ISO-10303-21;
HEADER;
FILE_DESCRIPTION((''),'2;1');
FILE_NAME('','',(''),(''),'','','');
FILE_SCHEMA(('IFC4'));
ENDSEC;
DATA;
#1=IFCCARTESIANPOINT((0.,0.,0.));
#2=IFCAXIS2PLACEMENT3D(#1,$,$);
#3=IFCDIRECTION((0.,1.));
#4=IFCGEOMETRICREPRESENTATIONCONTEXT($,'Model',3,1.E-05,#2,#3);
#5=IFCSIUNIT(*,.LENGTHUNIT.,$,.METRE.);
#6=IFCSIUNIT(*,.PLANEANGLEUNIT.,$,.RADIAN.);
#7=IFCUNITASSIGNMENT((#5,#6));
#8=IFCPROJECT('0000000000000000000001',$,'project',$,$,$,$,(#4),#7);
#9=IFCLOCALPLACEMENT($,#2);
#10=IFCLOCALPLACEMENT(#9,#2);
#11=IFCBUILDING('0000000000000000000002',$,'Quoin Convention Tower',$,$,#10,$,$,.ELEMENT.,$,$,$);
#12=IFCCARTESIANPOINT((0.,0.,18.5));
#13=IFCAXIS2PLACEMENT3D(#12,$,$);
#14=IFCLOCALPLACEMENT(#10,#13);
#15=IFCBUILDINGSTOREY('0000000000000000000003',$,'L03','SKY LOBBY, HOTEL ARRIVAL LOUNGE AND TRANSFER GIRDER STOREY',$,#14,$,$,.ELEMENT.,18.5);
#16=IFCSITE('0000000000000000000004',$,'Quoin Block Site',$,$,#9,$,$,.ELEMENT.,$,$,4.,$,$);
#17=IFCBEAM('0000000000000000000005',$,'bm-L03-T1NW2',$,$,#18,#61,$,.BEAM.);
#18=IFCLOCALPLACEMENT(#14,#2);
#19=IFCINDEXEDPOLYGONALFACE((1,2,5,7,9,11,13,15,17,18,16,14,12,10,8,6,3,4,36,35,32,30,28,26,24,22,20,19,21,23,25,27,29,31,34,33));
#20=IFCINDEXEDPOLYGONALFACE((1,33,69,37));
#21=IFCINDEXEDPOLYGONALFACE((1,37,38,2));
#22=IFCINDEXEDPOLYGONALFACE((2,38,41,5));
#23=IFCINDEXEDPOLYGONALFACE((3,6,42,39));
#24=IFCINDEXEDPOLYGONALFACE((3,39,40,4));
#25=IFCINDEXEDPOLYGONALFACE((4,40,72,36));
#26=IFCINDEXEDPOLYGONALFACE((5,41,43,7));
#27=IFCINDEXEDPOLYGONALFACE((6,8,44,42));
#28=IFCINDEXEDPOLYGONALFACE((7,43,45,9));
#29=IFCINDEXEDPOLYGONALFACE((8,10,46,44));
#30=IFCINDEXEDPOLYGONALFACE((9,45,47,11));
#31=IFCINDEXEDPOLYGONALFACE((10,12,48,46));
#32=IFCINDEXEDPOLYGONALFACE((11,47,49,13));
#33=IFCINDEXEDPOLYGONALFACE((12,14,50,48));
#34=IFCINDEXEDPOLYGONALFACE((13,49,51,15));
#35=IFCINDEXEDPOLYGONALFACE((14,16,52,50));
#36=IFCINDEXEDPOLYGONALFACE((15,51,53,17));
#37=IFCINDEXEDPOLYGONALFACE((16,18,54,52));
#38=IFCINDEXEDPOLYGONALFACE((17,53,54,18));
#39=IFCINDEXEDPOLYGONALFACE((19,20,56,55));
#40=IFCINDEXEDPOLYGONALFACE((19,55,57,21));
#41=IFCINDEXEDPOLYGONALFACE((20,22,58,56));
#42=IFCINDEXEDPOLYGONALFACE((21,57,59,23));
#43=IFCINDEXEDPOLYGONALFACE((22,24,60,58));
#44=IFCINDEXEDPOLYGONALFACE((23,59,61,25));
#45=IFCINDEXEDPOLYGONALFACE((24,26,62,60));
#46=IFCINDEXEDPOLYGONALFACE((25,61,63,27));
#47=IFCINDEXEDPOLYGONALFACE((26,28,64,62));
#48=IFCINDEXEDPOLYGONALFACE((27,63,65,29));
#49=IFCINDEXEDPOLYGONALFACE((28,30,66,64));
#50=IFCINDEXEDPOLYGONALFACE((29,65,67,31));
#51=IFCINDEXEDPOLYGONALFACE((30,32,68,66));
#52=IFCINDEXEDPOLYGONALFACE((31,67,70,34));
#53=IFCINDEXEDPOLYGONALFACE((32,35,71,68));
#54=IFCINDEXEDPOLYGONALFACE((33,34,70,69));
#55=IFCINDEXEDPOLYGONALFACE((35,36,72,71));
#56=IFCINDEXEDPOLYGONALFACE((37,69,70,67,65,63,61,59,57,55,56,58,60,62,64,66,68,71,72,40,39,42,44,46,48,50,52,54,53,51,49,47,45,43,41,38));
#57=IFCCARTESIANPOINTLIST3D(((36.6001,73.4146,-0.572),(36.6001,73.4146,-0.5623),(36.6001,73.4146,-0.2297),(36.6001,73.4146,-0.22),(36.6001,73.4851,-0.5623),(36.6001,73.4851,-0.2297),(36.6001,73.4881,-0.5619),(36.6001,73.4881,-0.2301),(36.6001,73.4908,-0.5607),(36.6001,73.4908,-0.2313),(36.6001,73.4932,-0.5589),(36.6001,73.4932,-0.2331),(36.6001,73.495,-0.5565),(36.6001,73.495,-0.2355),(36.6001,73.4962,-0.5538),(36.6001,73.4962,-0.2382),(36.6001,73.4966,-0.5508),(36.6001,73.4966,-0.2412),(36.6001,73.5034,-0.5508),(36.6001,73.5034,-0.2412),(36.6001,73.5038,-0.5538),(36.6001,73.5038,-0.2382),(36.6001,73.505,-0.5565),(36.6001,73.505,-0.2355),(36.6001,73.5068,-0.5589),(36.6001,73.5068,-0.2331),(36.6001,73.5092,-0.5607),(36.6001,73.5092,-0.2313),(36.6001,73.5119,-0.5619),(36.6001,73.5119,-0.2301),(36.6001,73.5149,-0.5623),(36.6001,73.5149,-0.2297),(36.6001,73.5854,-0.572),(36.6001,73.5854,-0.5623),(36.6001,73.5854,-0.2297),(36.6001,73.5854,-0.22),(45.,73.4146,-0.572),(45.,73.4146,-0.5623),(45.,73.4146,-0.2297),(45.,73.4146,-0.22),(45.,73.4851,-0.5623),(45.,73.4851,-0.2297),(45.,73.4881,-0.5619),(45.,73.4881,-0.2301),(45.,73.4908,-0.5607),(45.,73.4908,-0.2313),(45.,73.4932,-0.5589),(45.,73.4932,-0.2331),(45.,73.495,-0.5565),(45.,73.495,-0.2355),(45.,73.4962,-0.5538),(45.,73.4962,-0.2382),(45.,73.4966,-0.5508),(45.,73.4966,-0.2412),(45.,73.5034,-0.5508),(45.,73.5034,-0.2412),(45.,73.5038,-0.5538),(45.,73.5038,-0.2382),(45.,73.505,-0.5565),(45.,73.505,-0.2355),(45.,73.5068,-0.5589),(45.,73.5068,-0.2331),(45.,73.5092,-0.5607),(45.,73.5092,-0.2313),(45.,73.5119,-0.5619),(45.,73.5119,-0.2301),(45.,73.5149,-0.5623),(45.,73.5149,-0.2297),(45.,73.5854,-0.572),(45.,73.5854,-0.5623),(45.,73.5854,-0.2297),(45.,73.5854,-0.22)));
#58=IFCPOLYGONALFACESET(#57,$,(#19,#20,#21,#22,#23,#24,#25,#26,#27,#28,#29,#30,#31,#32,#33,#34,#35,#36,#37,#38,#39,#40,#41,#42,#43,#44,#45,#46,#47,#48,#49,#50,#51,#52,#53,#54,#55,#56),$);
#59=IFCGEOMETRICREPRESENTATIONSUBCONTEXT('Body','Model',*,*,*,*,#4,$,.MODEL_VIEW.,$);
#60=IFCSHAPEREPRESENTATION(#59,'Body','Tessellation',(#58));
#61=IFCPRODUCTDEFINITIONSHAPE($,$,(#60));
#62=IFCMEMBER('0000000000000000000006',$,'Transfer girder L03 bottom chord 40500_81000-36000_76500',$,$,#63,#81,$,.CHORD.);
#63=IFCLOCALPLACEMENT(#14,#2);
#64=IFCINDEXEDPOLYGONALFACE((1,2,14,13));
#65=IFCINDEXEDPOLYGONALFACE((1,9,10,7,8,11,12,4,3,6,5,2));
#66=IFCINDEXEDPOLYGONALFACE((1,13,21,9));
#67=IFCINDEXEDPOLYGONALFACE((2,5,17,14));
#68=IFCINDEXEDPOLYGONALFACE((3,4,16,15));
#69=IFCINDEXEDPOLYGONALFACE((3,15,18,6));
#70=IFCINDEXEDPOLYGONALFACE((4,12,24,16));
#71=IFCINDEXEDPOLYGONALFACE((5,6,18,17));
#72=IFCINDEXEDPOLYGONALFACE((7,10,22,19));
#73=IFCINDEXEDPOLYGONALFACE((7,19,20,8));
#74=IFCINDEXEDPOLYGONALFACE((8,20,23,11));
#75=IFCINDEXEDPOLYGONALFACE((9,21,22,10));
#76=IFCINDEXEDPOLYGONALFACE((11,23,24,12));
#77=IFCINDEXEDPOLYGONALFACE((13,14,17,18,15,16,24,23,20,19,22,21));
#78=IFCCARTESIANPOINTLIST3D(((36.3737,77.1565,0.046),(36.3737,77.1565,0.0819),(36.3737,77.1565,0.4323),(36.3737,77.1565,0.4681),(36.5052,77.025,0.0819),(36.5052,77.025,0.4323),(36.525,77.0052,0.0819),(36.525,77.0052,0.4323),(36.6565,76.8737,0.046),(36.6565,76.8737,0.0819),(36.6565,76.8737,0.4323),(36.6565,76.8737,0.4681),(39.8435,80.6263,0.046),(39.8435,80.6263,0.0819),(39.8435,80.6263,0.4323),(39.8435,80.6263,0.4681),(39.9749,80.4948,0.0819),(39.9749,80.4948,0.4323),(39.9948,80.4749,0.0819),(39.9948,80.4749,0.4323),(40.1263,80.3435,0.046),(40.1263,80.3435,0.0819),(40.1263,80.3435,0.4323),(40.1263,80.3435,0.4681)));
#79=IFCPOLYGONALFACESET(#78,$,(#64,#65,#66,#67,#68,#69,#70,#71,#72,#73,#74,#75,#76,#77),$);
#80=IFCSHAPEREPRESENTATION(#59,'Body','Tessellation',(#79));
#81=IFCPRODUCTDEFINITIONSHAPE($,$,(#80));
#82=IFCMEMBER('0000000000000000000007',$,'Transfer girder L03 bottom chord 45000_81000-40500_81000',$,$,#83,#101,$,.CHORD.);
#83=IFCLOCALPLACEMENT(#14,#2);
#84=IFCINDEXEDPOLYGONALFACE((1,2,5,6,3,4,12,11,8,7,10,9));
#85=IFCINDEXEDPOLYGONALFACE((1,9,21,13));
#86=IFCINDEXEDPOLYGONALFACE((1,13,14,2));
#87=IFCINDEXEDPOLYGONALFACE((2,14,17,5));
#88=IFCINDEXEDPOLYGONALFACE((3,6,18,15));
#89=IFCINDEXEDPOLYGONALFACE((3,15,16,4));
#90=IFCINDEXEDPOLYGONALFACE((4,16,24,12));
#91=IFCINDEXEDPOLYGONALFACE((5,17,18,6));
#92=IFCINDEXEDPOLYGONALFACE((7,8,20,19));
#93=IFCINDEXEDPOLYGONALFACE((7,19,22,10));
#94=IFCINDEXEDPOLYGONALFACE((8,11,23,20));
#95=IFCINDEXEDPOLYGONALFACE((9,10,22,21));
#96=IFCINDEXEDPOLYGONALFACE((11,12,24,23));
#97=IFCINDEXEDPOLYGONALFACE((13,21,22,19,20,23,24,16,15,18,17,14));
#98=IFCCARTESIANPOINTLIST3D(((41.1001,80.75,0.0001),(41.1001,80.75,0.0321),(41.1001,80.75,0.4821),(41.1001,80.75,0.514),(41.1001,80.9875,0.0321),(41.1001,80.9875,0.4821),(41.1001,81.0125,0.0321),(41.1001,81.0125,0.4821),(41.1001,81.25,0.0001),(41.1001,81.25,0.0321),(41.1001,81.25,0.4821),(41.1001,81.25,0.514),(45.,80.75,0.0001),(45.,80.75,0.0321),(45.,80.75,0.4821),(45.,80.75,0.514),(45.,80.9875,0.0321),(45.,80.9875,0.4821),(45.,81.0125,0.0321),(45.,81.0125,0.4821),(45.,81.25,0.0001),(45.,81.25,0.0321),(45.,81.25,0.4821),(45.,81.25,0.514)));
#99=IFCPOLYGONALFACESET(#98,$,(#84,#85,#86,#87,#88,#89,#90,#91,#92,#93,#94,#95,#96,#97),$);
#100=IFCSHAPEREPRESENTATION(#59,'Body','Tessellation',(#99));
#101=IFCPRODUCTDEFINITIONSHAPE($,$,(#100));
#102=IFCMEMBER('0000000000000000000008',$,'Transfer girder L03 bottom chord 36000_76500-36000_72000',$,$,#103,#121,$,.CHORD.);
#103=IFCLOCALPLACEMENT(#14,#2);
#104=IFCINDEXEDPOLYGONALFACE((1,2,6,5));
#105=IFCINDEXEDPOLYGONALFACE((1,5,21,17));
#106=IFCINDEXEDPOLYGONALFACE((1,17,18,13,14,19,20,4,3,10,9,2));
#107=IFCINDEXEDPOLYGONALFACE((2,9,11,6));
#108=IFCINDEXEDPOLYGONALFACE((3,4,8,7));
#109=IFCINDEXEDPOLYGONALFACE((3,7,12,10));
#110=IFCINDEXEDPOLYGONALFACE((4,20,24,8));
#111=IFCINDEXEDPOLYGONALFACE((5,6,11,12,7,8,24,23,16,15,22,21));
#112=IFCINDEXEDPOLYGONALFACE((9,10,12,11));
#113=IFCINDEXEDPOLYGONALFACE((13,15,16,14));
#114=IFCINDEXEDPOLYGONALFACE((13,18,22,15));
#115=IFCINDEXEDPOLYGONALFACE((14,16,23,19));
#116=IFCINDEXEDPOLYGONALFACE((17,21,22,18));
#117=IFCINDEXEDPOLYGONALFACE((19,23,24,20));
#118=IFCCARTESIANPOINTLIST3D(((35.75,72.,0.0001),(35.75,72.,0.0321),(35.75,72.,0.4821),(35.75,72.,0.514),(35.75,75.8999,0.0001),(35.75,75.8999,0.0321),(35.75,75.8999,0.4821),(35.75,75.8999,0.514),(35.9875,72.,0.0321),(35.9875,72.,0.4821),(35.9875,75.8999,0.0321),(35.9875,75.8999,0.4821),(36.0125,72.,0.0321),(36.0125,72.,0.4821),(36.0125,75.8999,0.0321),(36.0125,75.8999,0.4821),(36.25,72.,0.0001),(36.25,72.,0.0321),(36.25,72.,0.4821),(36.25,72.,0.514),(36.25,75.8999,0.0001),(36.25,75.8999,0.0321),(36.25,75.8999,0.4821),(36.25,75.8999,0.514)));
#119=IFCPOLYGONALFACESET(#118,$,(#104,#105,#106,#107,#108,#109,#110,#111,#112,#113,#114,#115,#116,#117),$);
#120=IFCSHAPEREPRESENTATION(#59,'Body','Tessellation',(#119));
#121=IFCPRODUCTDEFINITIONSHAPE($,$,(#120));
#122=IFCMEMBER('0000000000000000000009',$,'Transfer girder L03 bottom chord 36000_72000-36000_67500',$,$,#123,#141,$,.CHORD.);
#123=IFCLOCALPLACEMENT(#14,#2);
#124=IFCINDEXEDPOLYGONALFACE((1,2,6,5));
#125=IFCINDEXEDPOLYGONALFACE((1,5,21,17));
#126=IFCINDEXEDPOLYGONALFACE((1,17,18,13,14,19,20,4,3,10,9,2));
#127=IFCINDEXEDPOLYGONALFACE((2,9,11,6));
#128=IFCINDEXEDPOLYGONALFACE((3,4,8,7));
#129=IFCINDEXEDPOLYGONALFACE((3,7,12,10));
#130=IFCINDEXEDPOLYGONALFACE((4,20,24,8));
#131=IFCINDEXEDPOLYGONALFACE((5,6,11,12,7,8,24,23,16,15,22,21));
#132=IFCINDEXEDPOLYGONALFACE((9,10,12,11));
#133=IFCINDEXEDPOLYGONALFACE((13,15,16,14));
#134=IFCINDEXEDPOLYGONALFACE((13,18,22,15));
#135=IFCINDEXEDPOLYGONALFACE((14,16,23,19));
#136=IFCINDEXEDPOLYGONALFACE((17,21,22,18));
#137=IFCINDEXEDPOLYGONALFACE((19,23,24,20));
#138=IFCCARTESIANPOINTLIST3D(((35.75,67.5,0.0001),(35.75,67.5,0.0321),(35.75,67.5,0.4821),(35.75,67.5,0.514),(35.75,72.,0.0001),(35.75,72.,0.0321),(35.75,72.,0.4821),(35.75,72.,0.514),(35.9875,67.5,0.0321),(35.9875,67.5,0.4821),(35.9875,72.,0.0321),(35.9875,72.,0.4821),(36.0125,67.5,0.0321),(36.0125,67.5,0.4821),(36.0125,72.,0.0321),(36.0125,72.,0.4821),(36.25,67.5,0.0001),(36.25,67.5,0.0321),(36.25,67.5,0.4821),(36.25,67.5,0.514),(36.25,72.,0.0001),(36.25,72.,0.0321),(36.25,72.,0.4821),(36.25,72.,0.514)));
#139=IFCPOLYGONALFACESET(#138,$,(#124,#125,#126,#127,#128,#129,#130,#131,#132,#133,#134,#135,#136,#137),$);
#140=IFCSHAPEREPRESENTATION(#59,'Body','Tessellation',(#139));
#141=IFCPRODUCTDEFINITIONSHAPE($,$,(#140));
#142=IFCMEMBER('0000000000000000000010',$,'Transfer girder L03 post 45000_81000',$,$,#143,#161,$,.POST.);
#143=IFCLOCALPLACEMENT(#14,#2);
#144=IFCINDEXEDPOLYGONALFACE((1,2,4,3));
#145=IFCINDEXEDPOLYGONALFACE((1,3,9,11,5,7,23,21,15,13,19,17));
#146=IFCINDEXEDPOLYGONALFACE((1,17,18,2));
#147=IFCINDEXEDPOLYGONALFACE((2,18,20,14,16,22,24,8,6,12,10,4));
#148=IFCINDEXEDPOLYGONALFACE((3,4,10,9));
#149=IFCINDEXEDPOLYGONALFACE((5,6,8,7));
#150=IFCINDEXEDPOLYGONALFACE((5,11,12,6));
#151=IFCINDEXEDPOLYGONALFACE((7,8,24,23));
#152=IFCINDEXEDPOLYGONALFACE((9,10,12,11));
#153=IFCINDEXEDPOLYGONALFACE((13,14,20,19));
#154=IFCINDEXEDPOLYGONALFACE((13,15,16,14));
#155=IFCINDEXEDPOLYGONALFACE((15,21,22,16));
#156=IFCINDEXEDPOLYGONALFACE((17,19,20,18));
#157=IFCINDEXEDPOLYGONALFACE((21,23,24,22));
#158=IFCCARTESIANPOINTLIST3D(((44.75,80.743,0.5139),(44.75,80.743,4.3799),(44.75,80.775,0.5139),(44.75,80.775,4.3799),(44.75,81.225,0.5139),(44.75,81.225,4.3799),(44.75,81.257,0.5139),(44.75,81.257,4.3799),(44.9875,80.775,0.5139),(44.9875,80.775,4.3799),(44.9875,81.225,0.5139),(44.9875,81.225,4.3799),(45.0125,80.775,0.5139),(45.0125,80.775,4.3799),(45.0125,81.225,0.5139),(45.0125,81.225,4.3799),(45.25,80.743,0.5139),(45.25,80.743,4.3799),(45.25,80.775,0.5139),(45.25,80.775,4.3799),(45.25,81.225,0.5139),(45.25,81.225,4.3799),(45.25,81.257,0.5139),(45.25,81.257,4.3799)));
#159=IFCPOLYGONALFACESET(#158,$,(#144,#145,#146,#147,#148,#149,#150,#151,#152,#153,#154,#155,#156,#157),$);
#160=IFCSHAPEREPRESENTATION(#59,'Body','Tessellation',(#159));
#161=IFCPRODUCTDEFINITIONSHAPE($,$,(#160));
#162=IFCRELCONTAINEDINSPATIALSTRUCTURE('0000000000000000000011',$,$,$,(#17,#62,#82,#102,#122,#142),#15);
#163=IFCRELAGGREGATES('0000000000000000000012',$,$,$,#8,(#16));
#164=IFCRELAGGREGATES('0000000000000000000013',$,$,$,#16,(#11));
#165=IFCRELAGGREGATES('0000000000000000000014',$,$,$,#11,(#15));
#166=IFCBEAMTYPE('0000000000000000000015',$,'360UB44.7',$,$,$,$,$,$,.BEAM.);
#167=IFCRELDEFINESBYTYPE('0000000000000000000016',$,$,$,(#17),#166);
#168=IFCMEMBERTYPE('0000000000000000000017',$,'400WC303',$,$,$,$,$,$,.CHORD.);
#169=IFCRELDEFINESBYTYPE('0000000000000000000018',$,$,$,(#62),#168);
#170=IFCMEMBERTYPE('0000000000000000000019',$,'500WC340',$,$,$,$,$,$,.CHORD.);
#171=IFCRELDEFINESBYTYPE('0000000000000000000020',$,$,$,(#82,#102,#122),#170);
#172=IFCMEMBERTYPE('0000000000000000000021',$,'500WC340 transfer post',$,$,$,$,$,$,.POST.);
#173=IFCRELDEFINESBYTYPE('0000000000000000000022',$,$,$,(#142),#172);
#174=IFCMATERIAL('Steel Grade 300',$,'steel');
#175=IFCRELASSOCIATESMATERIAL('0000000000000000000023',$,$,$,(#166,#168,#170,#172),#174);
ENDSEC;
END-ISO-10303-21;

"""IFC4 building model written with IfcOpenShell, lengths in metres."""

from ifc_helpers import new_model, si_unit, direction, frame, origin, origin_2d, place, context, subcontext, project, spatial, i_section, extrude, material, material_profile, profile_set, type_object, element, save


model = new_model("IFC4")

# Units and contexts
model_context = context("Model", 3, precision=1e-05, world=origin(), true_north=direction((0.0, 1.0)))
body_context = subcontext(model_context, "Body", "Model", "MODEL_VIEW")
ifc_project = project(units=[si_unit("LENGTHUNIT", "METRE"), si_unit("PLANEANGLEUNIT", "RADIAN")], contexts=[model_context])

# Site, building, storey
site_placement = place(None, origin())
site = spatial("IfcSite", under=ifc_project, at=site_placement, Name="Quoin Block Site", CompositionType="ELEMENT", RefElevation=4.0)
building_placement = place(site_placement, origin())
building = spatial("IfcBuilding", under=site, at=building_placement, Name="Quoin Convention Tower", CompositionType="ELEMENT")
storey_placement = place(building_placement, frame((0.0, 0.0, 18.5)))
storey = spatial("IfcBuildingStorey", under=building, at=storey_placement, Name="L03", Description="SKY LOBBY, HOTEL ARRIVAL LOUNGE AND TRANSFER GIRDER STOREY", CompositionType="ELEMENT", Elevation=18.5)

# Beam
ifc_material_1 = material(Name="Steel Grade 300", Category="steel")
ifc_material_profile_1 = material_profile(ifc_material_1, i_section(OverallWidth=0.1709, OverallDepth=0.3521, WebThickness=0.0068, FlangeThickness=0.0098, FilletRadius=0.0115, at=origin_2d()), Name="360UB44.7")
ifc_profile_set_1 = profile_set([ifc_material_profile_1], Name="Steel Grade 300")
beam_type_1 = type_object("IfcBeamType", Name="360UB44.7", PredefinedType="BEAM", material=ifc_profile_set_1)
for number, where, z_axis, x_axis, name in (
    (1, (36.6001, 73.5, -0.396), (1.0, 0.0, 0.0), (0.0, 1.0, 0.0), "bm-L03-T1NW2"),
):
    element("IfcBeam", number, at=place(storey_placement, frame(where, z_axis=z_axis, x_axis=x_axis)), inside=storey, type_object=beam_type_1, Name=name, PredefinedType="BEAM", context=body_context, shape_type="SweptSolid", body=[
        extrude(i_section(OverallWidth=0.1709, OverallDepth=0.3521, WebThickness=0.0068, FlangeThickness=0.0098, FilletRadius=0.0115, at=origin_2d()), origin(), (0.0, 0.0, 1.0), 8.3999),
    ])

# Members
ifc_material_profile_2 = material_profile(ifc_material_1, i_section(OverallWidth=0.3999, OverallDepth=0.4221, WebThickness=0.0281, FlangeThickness=0.0359, at=origin_2d()), Name="400WC303")
ifc_profile_set_2 = profile_set([ifc_material_profile_2], Name="Steel Grade 300")
member_type_1 = type_object("IfcMemberType", Name="400WC303", PredefinedType="CHORD", material=ifc_profile_set_2)
member_1_placement = place(storey_placement, frame((39.9849, 80.4849, 0.2571), z_axis=(-0.707107, -0.707107, 0.0), x_axis=(0.707107, -0.707107, 0.0)))
element("IfcMember", 2, at=member_1_placement, inside=storey, type_object=member_type_1, Name="Transfer girder L03 bottom chord 40500_81000-36000_76500", PredefinedType="CHORD", context=body_context, shape_type="SweptSolid", body=[
    extrude(i_section(OverallWidth=0.3999, OverallDepth=0.4221, WebThickness=0.0281, FlangeThickness=0.0359, at=origin_2d()), origin(), (0.0, 0.0, 1.0), 4.907),
])
ifc_material_profile_3 = material_profile(ifc_material_1, i_section(OverallWidth=0.5, OverallDepth=0.5139, WebThickness=0.0249, FlangeThickness=0.032, at=origin_2d()), Name="500WC340")
ifc_profile_set_3 = profile_set([ifc_material_profile_3], Name="Steel Grade 300")
member_type_2 = type_object("IfcMemberType", Name="500WC340", PredefinedType="CHORD", material=ifc_profile_set_3)
for number, where, z_axis, x_axis, name in (
    (3, (45.0, 81.0, 0.2571), (-1.0, 0.0, 0.0), (0.0, -1.0, 0.0), "Transfer girder L03 bottom chord 45000_81000-40500_81000"),
    (4, (36.0, 75.8999, 0.2571), (0.0, -1.0, 0.0), (1.0, 0.0, 0.0), "Transfer girder L03 bottom chord 36000_76500-36000_72000"),
):
    element("IfcMember", number, at=place(storey_placement, frame(where, z_axis=z_axis, x_axis=x_axis)), inside=storey, type_object=member_type_2, Name=name, PredefinedType="CHORD", context=body_context, shape_type="SweptSolid", body=[
        extrude(i_section(OverallWidth=0.5, OverallDepth=0.5139, WebThickness=0.0249, FlangeThickness=0.032, at=origin_2d()), origin(), (0.0, 0.0, 1.0), 3.8999),
    ])
member_2_placement = place(storey_placement, frame((36.0, 72.0, 0.2571), z_axis=(0.0, -1.0, 0.0), x_axis=(1.0, 0.0, 0.0)))
element("IfcMember", 5, at=member_2_placement, inside=storey, type_object=member_type_2, Name="Transfer girder L03 bottom chord 36000_72000-36000_67500", PredefinedType="CHORD", context=body_context, shape_type="SweptSolid", body=[
    extrude(i_section(OverallWidth=0.5, OverallDepth=0.5139, WebThickness=0.0249, FlangeThickness=0.032, at=origin_2d()), origin(), (0.0, 0.0, 1.0), 4.5),
])
ifc_material_profile_4 = material_profile(ifc_material_1, i_section(OverallWidth=0.5, OverallDepth=0.5139, WebThickness=0.0249, FlangeThickness=0.032, at=origin_2d()), Name="500WC340")
ifc_profile_set_4 = profile_set([ifc_material_profile_4], Name="Steel Grade 300")
member_type_3 = type_object("IfcMemberType", Name="500WC340 transfer post", PredefinedType="POST", material=ifc_profile_set_4)
member_3_placement = place(storey_placement, frame((45.0, 81.0, 0.5139), z_axis=(0.0, 0.0, 1.0), x_axis=(1.0, 0.0, 0.0)))
element("IfcMember", 6, at=member_3_placement, inside=storey, type_object=member_type_3, Name="Transfer girder L03 post 45000_81000", PredefinedType="POST", context=body_context, shape_type="SweptSolid", body=[
    extrude(i_section(OverallWidth=0.5, OverallDepth=0.5139, WebThickness=0.0249, FlangeThickness=0.032, at=origin_2d()), origin(), (0.0, 0.0, 1.0), 3.866),
])

save(model, "model.ifc")
